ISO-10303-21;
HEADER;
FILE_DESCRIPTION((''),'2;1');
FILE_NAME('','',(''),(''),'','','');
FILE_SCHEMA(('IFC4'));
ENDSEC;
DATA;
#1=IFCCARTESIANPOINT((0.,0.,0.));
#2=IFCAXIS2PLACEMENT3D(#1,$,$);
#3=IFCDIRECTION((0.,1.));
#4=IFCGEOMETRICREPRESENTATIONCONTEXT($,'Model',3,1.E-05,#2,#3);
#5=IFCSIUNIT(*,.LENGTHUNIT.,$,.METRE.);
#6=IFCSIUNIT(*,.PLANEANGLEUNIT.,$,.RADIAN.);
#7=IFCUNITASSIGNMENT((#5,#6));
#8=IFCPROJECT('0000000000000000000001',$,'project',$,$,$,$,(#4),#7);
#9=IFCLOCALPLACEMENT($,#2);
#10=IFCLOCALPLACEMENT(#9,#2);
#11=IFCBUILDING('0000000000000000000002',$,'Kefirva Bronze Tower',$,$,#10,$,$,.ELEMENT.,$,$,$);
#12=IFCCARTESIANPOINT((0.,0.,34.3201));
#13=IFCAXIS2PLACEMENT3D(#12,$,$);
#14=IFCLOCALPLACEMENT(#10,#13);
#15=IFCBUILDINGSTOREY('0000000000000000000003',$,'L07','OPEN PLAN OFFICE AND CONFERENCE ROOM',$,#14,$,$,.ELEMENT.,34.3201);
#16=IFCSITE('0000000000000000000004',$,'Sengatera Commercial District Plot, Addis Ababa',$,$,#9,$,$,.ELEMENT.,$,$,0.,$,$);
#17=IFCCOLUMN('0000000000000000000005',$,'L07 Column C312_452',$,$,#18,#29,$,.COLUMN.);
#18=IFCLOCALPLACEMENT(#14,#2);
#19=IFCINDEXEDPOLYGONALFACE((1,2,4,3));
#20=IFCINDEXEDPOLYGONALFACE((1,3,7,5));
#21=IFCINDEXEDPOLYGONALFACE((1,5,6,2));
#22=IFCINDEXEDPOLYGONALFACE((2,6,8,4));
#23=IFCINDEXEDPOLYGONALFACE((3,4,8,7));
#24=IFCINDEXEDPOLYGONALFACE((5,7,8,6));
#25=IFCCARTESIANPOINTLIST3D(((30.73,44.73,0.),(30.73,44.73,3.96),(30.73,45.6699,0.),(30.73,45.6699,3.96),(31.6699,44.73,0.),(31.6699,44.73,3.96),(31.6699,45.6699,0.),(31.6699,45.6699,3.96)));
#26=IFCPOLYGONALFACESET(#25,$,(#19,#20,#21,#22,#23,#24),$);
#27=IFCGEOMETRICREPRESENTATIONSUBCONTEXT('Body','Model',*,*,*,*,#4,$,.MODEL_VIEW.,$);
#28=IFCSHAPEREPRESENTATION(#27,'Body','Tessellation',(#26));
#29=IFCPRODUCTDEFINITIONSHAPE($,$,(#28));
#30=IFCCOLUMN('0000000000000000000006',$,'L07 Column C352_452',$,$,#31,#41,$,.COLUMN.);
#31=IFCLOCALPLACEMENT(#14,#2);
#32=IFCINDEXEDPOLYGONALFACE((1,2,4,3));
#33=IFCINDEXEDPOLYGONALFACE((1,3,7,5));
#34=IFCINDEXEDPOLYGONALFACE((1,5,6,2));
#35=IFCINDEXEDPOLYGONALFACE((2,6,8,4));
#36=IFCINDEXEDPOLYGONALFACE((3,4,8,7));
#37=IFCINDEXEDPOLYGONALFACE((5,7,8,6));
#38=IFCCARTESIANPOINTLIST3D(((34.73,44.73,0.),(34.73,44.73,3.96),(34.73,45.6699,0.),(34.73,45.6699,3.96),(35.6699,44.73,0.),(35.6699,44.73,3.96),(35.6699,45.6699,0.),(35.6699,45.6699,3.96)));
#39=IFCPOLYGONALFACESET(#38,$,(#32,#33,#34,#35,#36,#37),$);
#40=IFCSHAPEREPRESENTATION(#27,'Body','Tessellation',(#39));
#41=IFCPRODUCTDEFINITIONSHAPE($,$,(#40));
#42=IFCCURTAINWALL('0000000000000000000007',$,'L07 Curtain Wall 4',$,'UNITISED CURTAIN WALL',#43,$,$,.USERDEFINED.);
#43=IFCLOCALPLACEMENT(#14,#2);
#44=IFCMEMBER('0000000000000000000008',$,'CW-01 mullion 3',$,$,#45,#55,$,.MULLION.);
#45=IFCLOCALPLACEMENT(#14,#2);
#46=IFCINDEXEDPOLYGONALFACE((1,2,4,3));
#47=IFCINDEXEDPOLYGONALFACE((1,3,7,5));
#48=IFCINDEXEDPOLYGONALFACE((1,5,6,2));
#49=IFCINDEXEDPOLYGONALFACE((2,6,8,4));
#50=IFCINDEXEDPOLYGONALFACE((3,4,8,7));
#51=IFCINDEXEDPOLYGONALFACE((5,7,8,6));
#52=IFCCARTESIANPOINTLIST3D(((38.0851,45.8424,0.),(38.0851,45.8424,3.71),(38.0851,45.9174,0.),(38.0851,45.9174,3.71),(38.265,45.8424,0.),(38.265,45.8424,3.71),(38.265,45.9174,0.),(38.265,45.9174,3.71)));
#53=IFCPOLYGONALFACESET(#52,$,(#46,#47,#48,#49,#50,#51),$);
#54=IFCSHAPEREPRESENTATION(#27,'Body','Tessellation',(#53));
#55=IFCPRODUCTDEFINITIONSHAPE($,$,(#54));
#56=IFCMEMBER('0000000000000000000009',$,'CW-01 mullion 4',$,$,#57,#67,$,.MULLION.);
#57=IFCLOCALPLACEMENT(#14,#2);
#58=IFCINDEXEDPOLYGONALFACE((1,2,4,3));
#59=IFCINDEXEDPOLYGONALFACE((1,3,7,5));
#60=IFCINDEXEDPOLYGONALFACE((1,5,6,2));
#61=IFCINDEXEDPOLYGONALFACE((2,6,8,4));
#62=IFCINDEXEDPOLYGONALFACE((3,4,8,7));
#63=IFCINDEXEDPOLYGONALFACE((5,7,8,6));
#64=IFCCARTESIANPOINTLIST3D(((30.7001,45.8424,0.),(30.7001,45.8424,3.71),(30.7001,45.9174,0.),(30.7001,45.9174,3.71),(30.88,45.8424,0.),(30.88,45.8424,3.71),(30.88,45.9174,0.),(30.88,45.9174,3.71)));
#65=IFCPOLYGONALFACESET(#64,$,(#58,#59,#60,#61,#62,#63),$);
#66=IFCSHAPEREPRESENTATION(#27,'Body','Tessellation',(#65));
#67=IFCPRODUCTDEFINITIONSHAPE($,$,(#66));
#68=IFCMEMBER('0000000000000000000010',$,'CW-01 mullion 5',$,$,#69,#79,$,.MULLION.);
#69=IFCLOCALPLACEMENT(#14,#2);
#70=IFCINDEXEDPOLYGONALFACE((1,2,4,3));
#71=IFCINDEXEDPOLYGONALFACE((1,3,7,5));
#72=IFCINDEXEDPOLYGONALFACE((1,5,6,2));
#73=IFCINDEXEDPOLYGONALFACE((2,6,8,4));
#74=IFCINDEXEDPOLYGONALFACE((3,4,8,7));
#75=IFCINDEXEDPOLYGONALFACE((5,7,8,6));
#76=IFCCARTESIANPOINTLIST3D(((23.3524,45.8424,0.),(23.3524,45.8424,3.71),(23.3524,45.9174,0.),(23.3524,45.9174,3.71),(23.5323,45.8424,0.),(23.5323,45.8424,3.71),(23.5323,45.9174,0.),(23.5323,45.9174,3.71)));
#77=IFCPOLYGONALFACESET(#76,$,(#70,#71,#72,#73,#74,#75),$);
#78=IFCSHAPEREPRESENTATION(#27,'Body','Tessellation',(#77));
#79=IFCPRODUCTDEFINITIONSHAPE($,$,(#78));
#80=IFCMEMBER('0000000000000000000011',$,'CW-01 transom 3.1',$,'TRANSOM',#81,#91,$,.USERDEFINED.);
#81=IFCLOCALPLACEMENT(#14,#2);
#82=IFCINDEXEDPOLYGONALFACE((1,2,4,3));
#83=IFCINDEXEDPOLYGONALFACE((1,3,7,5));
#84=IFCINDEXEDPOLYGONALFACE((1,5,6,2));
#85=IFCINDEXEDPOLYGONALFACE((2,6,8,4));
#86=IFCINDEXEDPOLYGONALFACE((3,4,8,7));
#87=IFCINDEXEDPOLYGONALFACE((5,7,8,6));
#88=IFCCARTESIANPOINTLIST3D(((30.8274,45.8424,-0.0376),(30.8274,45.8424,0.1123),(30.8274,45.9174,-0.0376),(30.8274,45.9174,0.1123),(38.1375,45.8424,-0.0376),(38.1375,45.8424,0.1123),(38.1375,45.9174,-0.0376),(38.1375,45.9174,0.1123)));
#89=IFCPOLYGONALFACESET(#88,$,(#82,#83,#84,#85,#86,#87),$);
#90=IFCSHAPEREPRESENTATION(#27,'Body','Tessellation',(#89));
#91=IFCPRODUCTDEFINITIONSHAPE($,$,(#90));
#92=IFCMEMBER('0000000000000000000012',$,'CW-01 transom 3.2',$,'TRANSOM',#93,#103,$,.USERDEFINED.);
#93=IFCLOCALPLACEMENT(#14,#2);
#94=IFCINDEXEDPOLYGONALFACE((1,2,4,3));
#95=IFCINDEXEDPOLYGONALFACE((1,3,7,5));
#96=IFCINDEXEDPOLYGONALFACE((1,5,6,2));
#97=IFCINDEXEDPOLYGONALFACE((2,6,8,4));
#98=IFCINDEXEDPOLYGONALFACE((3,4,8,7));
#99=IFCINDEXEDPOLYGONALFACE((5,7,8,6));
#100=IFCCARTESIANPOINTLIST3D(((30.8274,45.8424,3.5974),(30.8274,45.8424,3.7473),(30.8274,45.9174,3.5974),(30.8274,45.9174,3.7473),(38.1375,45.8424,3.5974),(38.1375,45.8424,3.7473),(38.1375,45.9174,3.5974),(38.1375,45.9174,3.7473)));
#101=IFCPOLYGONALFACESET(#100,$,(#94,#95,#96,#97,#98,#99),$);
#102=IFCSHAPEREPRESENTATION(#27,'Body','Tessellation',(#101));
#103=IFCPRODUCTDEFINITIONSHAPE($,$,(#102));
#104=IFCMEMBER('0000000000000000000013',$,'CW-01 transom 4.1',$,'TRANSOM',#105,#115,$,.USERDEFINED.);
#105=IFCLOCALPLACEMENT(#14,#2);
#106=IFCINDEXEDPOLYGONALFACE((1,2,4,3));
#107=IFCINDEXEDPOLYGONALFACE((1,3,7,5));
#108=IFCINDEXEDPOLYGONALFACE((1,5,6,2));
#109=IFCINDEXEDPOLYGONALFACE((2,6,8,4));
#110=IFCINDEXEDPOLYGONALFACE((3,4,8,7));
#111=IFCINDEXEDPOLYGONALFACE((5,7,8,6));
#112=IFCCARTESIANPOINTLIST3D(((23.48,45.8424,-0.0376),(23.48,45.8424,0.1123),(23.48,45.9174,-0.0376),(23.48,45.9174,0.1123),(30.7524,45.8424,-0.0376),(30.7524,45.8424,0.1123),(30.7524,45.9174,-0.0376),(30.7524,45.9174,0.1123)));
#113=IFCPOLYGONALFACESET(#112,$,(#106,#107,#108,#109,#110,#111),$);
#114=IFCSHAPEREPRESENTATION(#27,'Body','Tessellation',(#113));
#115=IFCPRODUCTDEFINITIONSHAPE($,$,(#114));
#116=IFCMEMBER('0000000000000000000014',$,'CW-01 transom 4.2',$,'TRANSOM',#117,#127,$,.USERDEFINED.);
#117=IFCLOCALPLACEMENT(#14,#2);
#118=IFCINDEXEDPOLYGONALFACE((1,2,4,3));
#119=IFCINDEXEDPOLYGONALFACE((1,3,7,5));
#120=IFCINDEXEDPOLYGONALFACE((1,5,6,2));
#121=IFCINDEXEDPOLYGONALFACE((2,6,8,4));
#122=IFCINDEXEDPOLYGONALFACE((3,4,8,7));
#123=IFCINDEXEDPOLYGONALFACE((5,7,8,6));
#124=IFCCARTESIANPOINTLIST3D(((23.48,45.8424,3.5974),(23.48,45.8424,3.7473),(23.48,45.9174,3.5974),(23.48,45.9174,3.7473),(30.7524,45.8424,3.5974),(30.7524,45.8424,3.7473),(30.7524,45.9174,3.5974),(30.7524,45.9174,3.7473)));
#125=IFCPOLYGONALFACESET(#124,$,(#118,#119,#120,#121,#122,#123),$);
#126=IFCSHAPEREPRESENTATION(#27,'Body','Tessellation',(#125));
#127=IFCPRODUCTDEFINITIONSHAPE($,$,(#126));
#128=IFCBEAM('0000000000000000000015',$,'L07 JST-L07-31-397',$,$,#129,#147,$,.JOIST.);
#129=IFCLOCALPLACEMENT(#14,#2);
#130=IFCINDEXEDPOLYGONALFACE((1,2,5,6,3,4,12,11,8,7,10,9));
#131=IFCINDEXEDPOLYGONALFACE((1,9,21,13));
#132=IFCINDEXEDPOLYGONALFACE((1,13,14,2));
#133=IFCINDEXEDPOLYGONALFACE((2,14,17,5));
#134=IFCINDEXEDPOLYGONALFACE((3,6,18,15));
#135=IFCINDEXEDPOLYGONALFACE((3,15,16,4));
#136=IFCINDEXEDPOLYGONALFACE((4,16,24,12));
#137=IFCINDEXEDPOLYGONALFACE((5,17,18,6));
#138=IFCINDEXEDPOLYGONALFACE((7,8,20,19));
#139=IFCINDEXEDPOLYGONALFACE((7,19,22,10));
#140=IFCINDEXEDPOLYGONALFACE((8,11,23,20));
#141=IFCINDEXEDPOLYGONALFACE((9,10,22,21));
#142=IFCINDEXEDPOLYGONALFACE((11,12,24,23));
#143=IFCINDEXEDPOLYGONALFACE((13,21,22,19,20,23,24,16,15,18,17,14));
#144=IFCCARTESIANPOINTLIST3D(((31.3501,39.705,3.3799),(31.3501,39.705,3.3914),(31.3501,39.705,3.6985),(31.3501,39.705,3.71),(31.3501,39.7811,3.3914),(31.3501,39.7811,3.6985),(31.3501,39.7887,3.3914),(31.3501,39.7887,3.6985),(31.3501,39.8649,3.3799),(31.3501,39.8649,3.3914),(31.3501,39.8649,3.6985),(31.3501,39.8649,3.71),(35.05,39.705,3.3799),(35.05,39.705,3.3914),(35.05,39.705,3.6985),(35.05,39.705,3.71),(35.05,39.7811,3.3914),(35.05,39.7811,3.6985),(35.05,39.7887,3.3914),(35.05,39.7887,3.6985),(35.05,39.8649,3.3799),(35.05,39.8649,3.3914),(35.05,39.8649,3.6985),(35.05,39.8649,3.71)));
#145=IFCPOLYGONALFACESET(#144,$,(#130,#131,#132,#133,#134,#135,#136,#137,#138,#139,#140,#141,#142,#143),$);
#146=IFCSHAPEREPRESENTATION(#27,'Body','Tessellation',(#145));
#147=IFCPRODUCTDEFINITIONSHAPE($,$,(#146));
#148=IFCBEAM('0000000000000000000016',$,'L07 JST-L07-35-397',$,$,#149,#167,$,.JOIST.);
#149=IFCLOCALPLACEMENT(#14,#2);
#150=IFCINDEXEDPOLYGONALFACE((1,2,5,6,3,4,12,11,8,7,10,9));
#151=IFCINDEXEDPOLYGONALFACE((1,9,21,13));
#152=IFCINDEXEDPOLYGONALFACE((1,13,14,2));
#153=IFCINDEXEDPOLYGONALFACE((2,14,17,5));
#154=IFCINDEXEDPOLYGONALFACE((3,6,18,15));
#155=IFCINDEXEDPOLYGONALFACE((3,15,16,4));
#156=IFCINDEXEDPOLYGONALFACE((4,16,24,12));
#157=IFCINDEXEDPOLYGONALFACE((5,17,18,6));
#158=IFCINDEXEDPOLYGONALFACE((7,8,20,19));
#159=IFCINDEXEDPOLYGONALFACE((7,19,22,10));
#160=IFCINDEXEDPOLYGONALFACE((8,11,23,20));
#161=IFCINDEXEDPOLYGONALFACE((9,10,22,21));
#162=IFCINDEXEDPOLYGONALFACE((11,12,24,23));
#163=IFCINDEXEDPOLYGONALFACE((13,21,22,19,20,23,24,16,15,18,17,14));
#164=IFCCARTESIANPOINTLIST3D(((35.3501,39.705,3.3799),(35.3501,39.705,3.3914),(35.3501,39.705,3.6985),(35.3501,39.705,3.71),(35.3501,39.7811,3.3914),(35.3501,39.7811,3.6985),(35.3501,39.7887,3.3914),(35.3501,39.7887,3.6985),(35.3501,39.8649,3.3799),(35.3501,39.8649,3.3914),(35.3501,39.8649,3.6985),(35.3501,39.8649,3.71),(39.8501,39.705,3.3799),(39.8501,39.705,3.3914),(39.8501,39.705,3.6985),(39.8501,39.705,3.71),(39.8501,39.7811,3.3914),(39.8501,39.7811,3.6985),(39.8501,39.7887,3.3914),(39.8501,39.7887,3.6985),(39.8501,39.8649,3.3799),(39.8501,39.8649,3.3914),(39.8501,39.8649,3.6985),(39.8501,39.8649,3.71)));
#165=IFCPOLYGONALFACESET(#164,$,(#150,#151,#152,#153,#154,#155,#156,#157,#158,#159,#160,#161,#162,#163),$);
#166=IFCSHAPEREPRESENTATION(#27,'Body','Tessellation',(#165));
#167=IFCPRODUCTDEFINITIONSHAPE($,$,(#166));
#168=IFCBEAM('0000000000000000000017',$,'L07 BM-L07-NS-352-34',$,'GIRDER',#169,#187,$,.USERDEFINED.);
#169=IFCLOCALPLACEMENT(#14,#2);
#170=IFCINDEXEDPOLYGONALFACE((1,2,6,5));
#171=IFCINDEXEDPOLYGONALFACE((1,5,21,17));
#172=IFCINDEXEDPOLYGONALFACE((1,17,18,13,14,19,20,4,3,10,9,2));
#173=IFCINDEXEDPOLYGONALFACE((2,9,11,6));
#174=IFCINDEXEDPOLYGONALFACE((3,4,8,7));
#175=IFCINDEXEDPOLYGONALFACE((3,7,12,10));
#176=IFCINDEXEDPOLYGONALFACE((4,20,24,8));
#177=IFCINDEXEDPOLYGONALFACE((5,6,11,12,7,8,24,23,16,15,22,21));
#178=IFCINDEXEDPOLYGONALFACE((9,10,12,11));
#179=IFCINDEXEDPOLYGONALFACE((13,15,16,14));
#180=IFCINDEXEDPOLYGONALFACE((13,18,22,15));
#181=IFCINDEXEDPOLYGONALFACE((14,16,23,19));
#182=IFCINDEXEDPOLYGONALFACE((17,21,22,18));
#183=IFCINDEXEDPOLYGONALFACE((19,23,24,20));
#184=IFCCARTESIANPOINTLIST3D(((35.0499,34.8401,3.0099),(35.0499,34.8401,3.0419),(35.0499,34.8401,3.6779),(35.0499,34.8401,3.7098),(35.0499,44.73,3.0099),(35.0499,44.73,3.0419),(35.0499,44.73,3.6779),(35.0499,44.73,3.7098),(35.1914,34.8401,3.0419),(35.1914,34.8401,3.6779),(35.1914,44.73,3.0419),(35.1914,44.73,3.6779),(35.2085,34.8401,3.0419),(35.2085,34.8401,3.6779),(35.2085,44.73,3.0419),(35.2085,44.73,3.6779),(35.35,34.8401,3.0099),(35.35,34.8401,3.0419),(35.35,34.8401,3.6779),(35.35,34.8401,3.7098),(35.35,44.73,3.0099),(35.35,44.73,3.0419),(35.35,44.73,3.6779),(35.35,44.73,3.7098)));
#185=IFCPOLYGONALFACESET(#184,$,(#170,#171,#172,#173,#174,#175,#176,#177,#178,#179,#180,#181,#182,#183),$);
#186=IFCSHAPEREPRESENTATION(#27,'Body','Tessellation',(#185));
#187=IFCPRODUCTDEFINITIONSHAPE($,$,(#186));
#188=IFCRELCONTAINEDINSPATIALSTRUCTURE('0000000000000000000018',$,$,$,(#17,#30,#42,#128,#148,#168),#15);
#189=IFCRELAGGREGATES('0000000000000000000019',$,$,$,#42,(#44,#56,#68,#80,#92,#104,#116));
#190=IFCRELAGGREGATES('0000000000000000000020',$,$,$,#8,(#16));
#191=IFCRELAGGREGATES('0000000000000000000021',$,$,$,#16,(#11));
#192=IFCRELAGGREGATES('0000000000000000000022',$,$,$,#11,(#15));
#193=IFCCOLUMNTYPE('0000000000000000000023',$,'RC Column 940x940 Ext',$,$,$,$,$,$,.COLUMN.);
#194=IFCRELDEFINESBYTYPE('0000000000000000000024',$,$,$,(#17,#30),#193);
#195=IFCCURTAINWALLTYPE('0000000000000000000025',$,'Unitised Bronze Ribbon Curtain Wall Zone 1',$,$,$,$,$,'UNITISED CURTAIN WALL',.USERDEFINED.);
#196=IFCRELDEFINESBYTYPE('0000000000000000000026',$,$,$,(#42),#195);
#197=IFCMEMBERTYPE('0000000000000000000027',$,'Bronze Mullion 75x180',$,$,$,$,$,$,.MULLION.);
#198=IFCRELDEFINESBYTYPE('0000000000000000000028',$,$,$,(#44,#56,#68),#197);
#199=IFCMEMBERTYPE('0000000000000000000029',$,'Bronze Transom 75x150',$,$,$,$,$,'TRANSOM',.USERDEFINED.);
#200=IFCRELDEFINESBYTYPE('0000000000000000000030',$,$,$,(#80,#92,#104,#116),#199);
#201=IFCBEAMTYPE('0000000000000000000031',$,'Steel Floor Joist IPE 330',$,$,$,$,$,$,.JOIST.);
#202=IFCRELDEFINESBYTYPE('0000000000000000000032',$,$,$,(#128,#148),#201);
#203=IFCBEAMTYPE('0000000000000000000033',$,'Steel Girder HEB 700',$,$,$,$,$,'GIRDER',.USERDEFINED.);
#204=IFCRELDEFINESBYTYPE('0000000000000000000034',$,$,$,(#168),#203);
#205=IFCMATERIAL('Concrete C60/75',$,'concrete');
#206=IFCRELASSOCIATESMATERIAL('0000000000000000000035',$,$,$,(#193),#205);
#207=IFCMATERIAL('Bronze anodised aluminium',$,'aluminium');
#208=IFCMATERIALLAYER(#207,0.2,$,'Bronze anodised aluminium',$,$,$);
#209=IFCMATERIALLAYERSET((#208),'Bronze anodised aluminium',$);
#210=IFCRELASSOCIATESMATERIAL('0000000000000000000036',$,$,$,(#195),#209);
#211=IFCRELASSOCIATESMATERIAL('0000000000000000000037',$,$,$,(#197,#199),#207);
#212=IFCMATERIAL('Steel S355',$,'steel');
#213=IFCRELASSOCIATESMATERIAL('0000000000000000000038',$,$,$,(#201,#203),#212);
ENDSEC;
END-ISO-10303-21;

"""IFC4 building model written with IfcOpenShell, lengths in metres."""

from ifc_helpers import new_model, si_unit, direction, frame, origin, origin_2d, place, context, subcontext, project, spatial, rectangle, i_section, extrude, material, layer, layer_set, material_profile, profile_set, type_object, element, aggregate, save


model = new_model("IFC4")

# Units and contexts
model_context = context("Model", 3, precision=1e-05, world=origin(), true_north=direction((0.0, 1.0)))
body_context = subcontext(model_context, "Body", "Model", "MODEL_VIEW")
ifc_project = project(units=[si_unit("LENGTHUNIT", "METRE"), si_unit("PLANEANGLEUNIT", "RADIAN")], contexts=[model_context])

# Site, building, storey
site_placement = place(None, origin())
site = spatial("IfcSite", under=ifc_project, at=site_placement, Name="Sengatera Commercial District Plot, Addis Ababa", CompositionType="ELEMENT", RefElevation=0.0)
building_placement = place(site_placement, origin())
building = spatial("IfcBuilding", under=site, at=building_placement, Name="Kefirva Bronze Tower", CompositionType="ELEMENT")
storey_placement = place(building_placement, frame((0.0, 0.0, 34.3201)))
storey = spatial("IfcBuildingStorey", under=building, at=storey_placement, Name="L07", Description="OPEN PLAN OFFICE AND CONFERENCE ROOM", CompositionType="ELEMENT", Elevation=34.3201)

# Columns
ifc_material_1 = material(Name="Concrete C60/75", Category="concrete")
ifc_material_profile_1 = material_profile(ifc_material_1, rectangle(XDim=0.9399, YDim=0.9399, at=origin_2d()), Name="RC 940x940")
ifc_profile_set_1 = profile_set([ifc_material_profile_1], Name="Concrete C60/75")
column_type = type_object("IfcColumnType", Name="RC Column 940x940 Ext", PredefinedType="COLUMN", material=ifc_profile_set_1)
for number, where, z_axis, x_axis, name in (
    (1, (31.2, 45.2, 0.0), (0.0, 0.0, 1.0), (1.0, 0.0, 0.0), "L07 Column C312_452"),
    (2, (35.2, 45.2, 0.0), (0.0, 0.0, 1.0), (1.0, 0.0, 0.0), "L07 Column C352_452"),
):
    element("IfcColumn", number, at=place(storey_placement, frame(where, z_axis=z_axis, x_axis=x_axis)), inside=storey, type_object=column_type, Name=name, PredefinedType="COLUMN", context=body_context, shape_type="SweptSolid", body=[
        extrude(rectangle(XDim=0.9399, YDim=0.9399, at=origin_2d()), origin(), (0.0, 0.0, 1.0), 3.96),
    ])

# Curtain wall, members
ifc_material_2 = material(Name="Bronze anodised aluminium", Category="aluminium")
ifc_layer_1 = layer(ifc_material_2, 0.2, Name="Bronze anodised aluminium")
ifc_layer_set_1 = layer_set([ifc_layer_1], Name="Bronze anodised aluminium")
curtain_wall_type = type_object("IfcCurtainWallType", Name="Unitised Bronze Ribbon Curtain Wall Zone 1", ElementType="UNITISED CURTAIN WALL", PredefinedType="USERDEFINED", material=ifc_layer_set_1)
curtain_wall_placement = place(storey_placement, origin())
curtain_wall = element("IfcCurtainWall", 3, at=curtain_wall_placement, inside=storey, type_object=curtain_wall_type, Name="L07 Curtain Wall 4", ObjectType="UNITISED CURTAIN WALL", PredefinedType="USERDEFINED")
ifc_material_profile_2 = material_profile(ifc_material_2, rectangle(XDim=0.075, YDim=0.1799, at=origin_2d()), Name="ALU 75x180")
ifc_profile_set_2 = profile_set([ifc_material_profile_2], Name="Bronze anodised aluminium")
member_type_1 = type_object("IfcMemberType", Name="Bronze Mullion 75x180", PredefinedType="MULLION", material=ifc_profile_set_2)
member_1_placement = place(storey_placement, frame((38.175, 45.8799, 0.0), z_axis=(0.0, 0.0, 1.0), x_axis=(0.0, -1.0, 0.0)))
member_1 = element("IfcMember", 4, at=member_1_placement, type_object=member_type_1, Name="CW-01 mullion 3", PredefinedType="MULLION", context=body_context, shape_type="SweptSolid", body=[
    extrude(rectangle(XDim=0.075, YDim=0.1799, at=origin_2d()), origin(), (0.0, 0.0, 1.0), 3.71),
])
member_2_placement = place(storey_placement, frame((30.79, 45.8799, 0.0), z_axis=(0.0, 0.0, 1.0), x_axis=(0.0, -1.0, 0.0)))
member_2 = element("IfcMember", 5, at=member_2_placement, type_object=member_type_1, Name="CW-01 mullion 4", PredefinedType="MULLION", context=body_context, shape_type="SweptSolid", body=[
    extrude(rectangle(XDim=0.075, YDim=0.1799, at=origin_2d()), origin(), (0.0, 0.0, 1.0), 3.71),
])
member_3_placement = place(storey_placement, frame((23.4424, 45.8799, 0.0), z_axis=(0.0, 0.0, 1.0), x_axis=(0.0, -1.0, 0.0)))
member_3 = element("IfcMember", 6, at=member_3_placement, type_object=member_type_1, Name="CW-01 mullion 5", PredefinedType="MULLION", context=body_context, shape_type="SweptSolid", body=[
    extrude(rectangle(XDim=0.075, YDim=0.1799, at=origin_2d()), origin(), (0.0, 0.0, 1.0), 3.71),
])
ifc_material_profile_3 = material_profile(ifc_material_2, rectangle(XDim=0.075, YDim=0.1499, at=origin_2d()), Name="ALU 75x150")
ifc_profile_set_3 = profile_set([ifc_material_profile_3], Name="Bronze anodised aluminium")
member_type_2 = type_object("IfcMemberType", Name="Bronze Transom 75x150", ElementType="TRANSOM", PredefinedType="USERDEFINED", material=ifc_profile_set_3)
member_4_placement = place(storey_placement, frame((38.1375, 45.8799, 0.0374), z_axis=(-1.0, 0.0, 0.0), x_axis=(0.0, -1.0, 0.0)))
member_4 = element("IfcMember", 7, at=member_4_placement, type_object=member_type_2, Name="CW-01 transom 3.1", ObjectType="TRANSOM", PredefinedType="USERDEFINED", context=body_context, shape_type="SweptSolid", body=[
    extrude(rectangle(XDim=0.075, YDim=0.1499, at=origin_2d()), origin(), (0.0, 0.0, 1.0), 7.3101),
])
member_5_placement = place(storey_placement, frame((38.1375, 45.8799, 3.6724), z_axis=(-1.0, 0.0, 0.0), x_axis=(0.0, -1.0, 0.0)))
member_5 = element("IfcMember", 8, at=member_5_placement, type_object=member_type_2, Name="CW-01 transom 3.2", ObjectType="TRANSOM", PredefinedType="USERDEFINED", context=body_context, shape_type="SweptSolid", body=[
    extrude(rectangle(XDim=0.075, YDim=0.1499, at=origin_2d()), origin(), (0.0, 0.0, 1.0), 7.3101),
])
member_6_placement = place(storey_placement, frame((30.7524, 45.8799, 0.0374), z_axis=(-1.0, 0.0, 0.0), x_axis=(0.0, -1.0, 0.0)))
member_6 = element("IfcMember", 9, at=member_6_placement, type_object=member_type_2, Name="CW-01 transom 4.1", ObjectType="TRANSOM", PredefinedType="USERDEFINED", context=body_context, shape_type="SweptSolid", body=[
    extrude(rectangle(XDim=0.075, YDim=0.1499, at=origin_2d()), origin(), (0.0, 0.0, 1.0), 7.2725),
])
member_7_placement = place(storey_placement, frame((30.7524, 45.8799, 3.6724), z_axis=(-1.0, 0.0, 0.0), x_axis=(0.0, -1.0, 0.0)))
member_7 = element("IfcMember", 10, at=member_7_placement, type_object=member_type_2, Name="CW-01 transom 4.2", ObjectType="TRANSOM", PredefinedType="USERDEFINED", context=body_context, shape_type="SweptSolid", body=[
    extrude(rectangle(XDim=0.075, YDim=0.1499, at=origin_2d()), origin(), (0.0, 0.0, 1.0), 7.2725),
])

# Beams
ifc_material_3 = material(Name="Steel S355", Category="steel")
ifc_material_profile_4 = material_profile(ifc_material_3, i_section(OverallWidth=0.1599, OverallDepth=0.3301, WebThickness=0.0076, FlangeThickness=0.0115, at=origin_2d()), Name="IPE 330")
ifc_profile_set_4 = profile_set([ifc_material_profile_4], Name="Steel S355")
beam_type_1 = type_object("IfcBeamType", Name="Steel Floor Joist IPE 330", PredefinedType="JOIST", material=ifc_profile_set_4)
beam_1_placement = place(storey_placement, frame((31.3501, 39.7849, 3.5449), z_axis=(1.0, 0.0, 0.0), x_axis=(0.0, 1.0, 0.0)))
element("IfcBeam", 11, at=beam_1_placement, inside=storey, type_object=beam_type_1, Name="L07 JST-L07-31-397", PredefinedType="JOIST", context=body_context, shape_type="SweptSolid", body=[
    extrude(i_section(OverallWidth=0.1599, OverallDepth=0.3301, WebThickness=0.0076, FlangeThickness=0.0115, at=origin_2d()), origin(), (0.0, 0.0, 1.0), 3.7),
])
beam_2_placement = place(storey_placement, frame((35.3501, 39.7849, 3.5449), z_axis=(1.0, 0.0, 0.0), x_axis=(0.0, 1.0, 0.0)))
element("IfcBeam", 12, at=beam_2_placement, inside=storey, type_object=beam_type_1, Name="L07 JST-L07-35-397", PredefinedType="JOIST", context=body_context, shape_type="SweptSolid", body=[
    extrude(i_section(OverallWidth=0.1599, OverallDepth=0.3301, WebThickness=0.0076, FlangeThickness=0.0115, at=origin_2d()), origin(), (0.0, 0.0, 1.0), 4.5),
])
ifc_material_profile_5 = material_profile(ifc_material_3, i_section(OverallWidth=0.3, OverallDepth=0.7, WebThickness=0.0171, FlangeThickness=0.032, at=origin_2d()), Name="HEB 700")
ifc_profile_set_5 = profile_set([ifc_material_profile_5], Name="Steel S355")
beam_type_2 = type_object("IfcBeamType", Name="Steel Girder HEB 700", ElementType="GIRDER", PredefinedType="USERDEFINED", material=ifc_profile_set_5)
beam_3_placement = place(storey_placement, frame((35.2, 34.8401, 3.3599), z_axis=(0.0, 1.0, 0.0), x_axis=(-1.0, 0.0, 0.0)))
element("IfcBeam", 13, at=beam_3_placement, inside=storey, type_object=beam_type_2, Name="L07 BM-L07-NS-352-34", ObjectType="GIRDER", PredefinedType="USERDEFINED", context=body_context, shape_type="SweptSolid", body=[
    extrude(i_section(OverallWidth=0.3, OverallDepth=0.7, WebThickness=0.0171, FlangeThickness=0.032, at=origin_2d()), origin(), (0.0, 0.0, 1.0), 9.8899),
])

aggregate(curtain_wall, [member_1, member_2, member_3, member_4, member_5, member_6, member_7])

save(model, "model.ifc")
